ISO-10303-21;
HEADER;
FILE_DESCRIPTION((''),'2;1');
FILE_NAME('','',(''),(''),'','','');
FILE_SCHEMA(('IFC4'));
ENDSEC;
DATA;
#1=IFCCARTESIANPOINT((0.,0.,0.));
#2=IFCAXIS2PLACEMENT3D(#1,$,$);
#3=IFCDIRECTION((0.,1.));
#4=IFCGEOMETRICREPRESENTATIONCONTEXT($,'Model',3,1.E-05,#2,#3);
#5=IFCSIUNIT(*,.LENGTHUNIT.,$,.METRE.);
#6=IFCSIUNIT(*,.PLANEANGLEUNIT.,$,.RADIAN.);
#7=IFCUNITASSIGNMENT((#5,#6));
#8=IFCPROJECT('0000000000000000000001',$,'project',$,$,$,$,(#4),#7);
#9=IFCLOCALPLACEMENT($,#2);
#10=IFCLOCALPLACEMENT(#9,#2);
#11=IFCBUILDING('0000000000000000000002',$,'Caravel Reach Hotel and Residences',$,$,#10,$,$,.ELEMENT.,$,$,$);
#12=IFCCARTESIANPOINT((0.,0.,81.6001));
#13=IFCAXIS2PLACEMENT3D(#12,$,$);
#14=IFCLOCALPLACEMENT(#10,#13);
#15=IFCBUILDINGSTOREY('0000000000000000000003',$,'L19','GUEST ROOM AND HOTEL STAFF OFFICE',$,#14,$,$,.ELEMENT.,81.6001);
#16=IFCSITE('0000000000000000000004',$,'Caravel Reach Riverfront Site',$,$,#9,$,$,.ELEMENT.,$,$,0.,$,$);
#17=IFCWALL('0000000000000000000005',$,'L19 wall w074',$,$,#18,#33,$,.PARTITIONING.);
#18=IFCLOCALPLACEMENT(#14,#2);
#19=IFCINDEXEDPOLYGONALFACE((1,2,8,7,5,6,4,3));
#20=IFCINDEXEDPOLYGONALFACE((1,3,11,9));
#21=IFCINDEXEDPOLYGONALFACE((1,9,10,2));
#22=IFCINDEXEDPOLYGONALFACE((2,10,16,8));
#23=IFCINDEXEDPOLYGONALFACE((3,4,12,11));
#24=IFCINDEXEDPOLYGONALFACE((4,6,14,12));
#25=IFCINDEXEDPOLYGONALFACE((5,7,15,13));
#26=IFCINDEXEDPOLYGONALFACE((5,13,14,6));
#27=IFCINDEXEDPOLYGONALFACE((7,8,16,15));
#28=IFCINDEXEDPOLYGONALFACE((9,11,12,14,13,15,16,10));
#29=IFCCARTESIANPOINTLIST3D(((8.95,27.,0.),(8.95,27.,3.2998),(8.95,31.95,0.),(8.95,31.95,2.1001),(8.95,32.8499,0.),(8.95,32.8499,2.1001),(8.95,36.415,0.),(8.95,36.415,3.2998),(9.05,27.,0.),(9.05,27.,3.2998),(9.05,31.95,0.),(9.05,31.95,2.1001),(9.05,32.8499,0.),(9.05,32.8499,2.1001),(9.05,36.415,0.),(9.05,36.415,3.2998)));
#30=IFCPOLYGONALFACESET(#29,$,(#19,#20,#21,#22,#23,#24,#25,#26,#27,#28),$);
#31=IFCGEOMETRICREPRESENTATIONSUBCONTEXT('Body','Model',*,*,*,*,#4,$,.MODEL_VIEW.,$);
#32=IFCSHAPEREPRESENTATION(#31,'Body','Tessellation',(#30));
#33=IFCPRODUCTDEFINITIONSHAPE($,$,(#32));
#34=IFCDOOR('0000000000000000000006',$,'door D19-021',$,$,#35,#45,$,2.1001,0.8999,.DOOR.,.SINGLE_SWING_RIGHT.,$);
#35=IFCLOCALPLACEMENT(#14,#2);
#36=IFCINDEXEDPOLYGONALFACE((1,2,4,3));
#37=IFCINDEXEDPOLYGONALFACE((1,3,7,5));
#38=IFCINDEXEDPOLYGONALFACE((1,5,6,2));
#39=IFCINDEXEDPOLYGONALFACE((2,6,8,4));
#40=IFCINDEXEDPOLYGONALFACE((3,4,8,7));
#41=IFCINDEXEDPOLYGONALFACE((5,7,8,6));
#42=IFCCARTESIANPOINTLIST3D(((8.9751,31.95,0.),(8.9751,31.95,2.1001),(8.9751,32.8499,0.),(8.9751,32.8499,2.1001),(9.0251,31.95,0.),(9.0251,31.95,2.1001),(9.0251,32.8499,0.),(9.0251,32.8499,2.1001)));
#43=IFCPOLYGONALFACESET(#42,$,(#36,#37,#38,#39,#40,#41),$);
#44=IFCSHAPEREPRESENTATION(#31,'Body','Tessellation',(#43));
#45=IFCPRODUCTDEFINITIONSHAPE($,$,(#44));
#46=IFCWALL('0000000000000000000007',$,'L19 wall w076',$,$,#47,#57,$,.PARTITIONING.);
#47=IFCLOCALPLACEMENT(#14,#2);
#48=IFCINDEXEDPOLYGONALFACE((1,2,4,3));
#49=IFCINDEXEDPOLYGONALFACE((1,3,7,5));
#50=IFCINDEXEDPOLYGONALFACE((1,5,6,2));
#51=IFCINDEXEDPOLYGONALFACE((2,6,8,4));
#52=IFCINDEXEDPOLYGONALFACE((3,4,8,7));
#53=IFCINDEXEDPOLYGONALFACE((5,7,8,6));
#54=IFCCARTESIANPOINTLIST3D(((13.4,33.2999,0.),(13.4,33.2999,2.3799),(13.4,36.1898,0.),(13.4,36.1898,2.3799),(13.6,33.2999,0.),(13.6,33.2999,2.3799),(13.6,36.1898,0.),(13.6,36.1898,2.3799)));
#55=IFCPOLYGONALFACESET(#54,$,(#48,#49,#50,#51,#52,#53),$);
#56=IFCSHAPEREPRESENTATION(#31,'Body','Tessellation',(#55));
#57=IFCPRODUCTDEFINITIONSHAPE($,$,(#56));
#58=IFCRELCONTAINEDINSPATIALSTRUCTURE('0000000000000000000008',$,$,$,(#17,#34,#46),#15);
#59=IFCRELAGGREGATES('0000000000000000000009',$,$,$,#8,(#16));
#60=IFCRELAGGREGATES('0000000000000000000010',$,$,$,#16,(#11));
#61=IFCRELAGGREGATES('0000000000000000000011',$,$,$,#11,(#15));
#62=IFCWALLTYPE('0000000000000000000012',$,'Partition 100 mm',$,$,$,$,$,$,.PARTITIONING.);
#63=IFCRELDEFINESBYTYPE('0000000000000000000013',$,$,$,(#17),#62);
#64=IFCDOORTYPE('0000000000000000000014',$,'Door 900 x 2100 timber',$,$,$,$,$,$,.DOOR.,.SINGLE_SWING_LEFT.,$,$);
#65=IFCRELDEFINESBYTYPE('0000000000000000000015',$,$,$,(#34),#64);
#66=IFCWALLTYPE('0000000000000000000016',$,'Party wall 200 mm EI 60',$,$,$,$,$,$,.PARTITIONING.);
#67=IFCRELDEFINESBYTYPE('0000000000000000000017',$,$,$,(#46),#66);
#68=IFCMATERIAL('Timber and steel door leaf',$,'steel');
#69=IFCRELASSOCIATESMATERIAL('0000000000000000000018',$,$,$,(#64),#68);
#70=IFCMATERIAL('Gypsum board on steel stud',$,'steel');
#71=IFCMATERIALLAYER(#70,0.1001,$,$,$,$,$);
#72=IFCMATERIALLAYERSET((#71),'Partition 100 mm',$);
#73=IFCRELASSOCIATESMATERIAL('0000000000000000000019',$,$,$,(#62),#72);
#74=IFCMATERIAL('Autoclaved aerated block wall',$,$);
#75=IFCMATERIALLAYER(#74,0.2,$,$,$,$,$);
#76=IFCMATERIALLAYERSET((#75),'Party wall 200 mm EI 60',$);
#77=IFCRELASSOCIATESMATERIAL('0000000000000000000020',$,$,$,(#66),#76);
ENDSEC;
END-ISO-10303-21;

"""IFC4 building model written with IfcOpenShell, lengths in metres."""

from ifc_helpers import new_model, si_unit, direction, frame, frame_2d, origin, place, context, subcontext, project, spatial, rectangle, extrude, material, layer, layer_set, type_object, element, fill, save


model = new_model("IFC4")

# Units and contexts
model_context = context("Model", 3, precision=1e-05, world=origin(), true_north=direction((0.0, 1.0)))
body_context = subcontext(model_context, "Body", "Model", "MODEL_VIEW")
ifc_project = project(units=[si_unit("LENGTHUNIT", "METRE"), si_unit("PLANEANGLEUNIT", "RADIAN")], contexts=[model_context])

# Site, building, storey
site_placement = place(None, origin())
site = spatial("IfcSite", under=ifc_project, at=site_placement, Name="Caravel Reach Riverfront Site", CompositionType="ELEMENT", RefElevation=0.0)
building_placement = place(site_placement, origin())
building = spatial("IfcBuilding", under=site, at=building_placement, Name="Caravel Reach Hotel and Residences", CompositionType="ELEMENT")
storey_placement = place(building_placement, frame((0.0, 0.0, 81.6001)))
storey = spatial("IfcBuildingStorey", under=building, at=storey_placement, Name="L19", Description="GUEST ROOM AND HOTEL STAFF OFFICE", CompositionType="ELEMENT", Elevation=81.6001)

# Shared definitions
ifc_material_1 = material(Name="Timber and steel door leaf", Category="steel")
door_type_1 = type_object("IfcDoorType", Name="Door 900 x 2100 timber", OperationType="SINGLE_SWING_LEFT", PredefinedType="DOOR", material=ifc_material_1)

# Shared definitions
ifc_material_2 = material(Name="Gypsum board on steel stud", Category="steel")
ifc_layer_1 = layer(ifc_material_2, 0.1001)
ifc_layer_set_1 = layer_set([ifc_layer_1], Name="Partition 100 mm")
wall_type_1 = type_object("IfcWallType", Name="Partition 100 mm", PredefinedType="PARTITIONING", material=ifc_layer_set_1)

# Wall, opening, door
wall_1_placement = place(storey_placement, frame((9.0, 27.0, 0.0), z_axis=(0.0, 0.0, 1.0), x_axis=(0.0, 1.0, 0.0)))
wall_1 = element("IfcWall", 1, at=wall_1_placement, inside=storey, type_object=wall_type_1, Name="L19 wall w074", PredefinedType="PARTITIONING", context=body_context, shape_type="SweptSolid", body=[
    extrude(rectangle(XDim=9.415, YDim=0.1001, at=frame_2d((4.7075, 0.0))), origin(), (0.0, 0.0, 1.0), 3.2998),
])
opening_1_placement = place(wall_1_placement, frame((4.95, 0.0, 0.0)))
opening_1 = element("IfcOpeningElement", 2, at=opening_1_placement, cuts=wall_1, PredefinedType="OPENING", context=body_context, shape_type="SweptSolid", body=[
    extrude(rectangle(XDim=0.8999, YDim=2.1001, at=frame_2d((0.45, 1.05))), frame((0.0, 0.0601, 0.0), z_axis=(0.0, -1.0, 0.0), x_axis=(1.0, 0.0, 0.0)), (0.0, 0.0, 1.0), 0.1201),
])
door_1_placement = place(opening_1_placement, origin())
door_1 = element("IfcDoor", 3, at=door_1_placement, inside=storey, type_object=door_type_1, Name="door D19-021", OperationType="SINGLE_SWING_RIGHT", OverallHeight=2.1001, OverallWidth=0.8999, PredefinedType="DOOR", context=body_context, shape_type="SweptSolid", body=[
    extrude(rectangle(XDim=0.8999, YDim=2.1001, at=frame_2d((0.45, 1.05))), frame((0.0, 0.0249, 0.0), z_axis=(0.0, -1.0, 0.0), x_axis=(1.0, 0.0, 0.0)), (0.0, 0.0, 1.0), 0.05),
])
fill(opening_1, door_1)

# Wall
ifc_material_3 = material(Name="Autoclaved aerated block wall")
ifc_layer_2 = layer(ifc_material_3, 0.2)
ifc_layer_set_2 = layer_set([ifc_layer_2], Name="Party wall 200 mm EI 60")
wall_type_2 = type_object("IfcWallType", Name="Party wall 200 mm EI 60", PredefinedType="PARTITIONING", material=ifc_layer_set_2)
wall_2_placement = place(storey_placement, frame((13.5, 33.3, 0.0), z_axis=(0.0, 0.0, 1.0), x_axis=(0.0, 1.0, 0.0)))
element("IfcWall", 4, at=wall_2_placement, inside=storey, type_object=wall_type_2, Name="L19 wall w076", PredefinedType="PARTITIONING", context=body_context, shape_type="SweptSolid", body=[
    extrude(rectangle(XDim=2.8899, YDim=0.2, at=frame_2d((1.4448, 0.0))), origin(), (0.0, 0.0, 1.0), 2.3799),
])

save(model, "model.ifc")
